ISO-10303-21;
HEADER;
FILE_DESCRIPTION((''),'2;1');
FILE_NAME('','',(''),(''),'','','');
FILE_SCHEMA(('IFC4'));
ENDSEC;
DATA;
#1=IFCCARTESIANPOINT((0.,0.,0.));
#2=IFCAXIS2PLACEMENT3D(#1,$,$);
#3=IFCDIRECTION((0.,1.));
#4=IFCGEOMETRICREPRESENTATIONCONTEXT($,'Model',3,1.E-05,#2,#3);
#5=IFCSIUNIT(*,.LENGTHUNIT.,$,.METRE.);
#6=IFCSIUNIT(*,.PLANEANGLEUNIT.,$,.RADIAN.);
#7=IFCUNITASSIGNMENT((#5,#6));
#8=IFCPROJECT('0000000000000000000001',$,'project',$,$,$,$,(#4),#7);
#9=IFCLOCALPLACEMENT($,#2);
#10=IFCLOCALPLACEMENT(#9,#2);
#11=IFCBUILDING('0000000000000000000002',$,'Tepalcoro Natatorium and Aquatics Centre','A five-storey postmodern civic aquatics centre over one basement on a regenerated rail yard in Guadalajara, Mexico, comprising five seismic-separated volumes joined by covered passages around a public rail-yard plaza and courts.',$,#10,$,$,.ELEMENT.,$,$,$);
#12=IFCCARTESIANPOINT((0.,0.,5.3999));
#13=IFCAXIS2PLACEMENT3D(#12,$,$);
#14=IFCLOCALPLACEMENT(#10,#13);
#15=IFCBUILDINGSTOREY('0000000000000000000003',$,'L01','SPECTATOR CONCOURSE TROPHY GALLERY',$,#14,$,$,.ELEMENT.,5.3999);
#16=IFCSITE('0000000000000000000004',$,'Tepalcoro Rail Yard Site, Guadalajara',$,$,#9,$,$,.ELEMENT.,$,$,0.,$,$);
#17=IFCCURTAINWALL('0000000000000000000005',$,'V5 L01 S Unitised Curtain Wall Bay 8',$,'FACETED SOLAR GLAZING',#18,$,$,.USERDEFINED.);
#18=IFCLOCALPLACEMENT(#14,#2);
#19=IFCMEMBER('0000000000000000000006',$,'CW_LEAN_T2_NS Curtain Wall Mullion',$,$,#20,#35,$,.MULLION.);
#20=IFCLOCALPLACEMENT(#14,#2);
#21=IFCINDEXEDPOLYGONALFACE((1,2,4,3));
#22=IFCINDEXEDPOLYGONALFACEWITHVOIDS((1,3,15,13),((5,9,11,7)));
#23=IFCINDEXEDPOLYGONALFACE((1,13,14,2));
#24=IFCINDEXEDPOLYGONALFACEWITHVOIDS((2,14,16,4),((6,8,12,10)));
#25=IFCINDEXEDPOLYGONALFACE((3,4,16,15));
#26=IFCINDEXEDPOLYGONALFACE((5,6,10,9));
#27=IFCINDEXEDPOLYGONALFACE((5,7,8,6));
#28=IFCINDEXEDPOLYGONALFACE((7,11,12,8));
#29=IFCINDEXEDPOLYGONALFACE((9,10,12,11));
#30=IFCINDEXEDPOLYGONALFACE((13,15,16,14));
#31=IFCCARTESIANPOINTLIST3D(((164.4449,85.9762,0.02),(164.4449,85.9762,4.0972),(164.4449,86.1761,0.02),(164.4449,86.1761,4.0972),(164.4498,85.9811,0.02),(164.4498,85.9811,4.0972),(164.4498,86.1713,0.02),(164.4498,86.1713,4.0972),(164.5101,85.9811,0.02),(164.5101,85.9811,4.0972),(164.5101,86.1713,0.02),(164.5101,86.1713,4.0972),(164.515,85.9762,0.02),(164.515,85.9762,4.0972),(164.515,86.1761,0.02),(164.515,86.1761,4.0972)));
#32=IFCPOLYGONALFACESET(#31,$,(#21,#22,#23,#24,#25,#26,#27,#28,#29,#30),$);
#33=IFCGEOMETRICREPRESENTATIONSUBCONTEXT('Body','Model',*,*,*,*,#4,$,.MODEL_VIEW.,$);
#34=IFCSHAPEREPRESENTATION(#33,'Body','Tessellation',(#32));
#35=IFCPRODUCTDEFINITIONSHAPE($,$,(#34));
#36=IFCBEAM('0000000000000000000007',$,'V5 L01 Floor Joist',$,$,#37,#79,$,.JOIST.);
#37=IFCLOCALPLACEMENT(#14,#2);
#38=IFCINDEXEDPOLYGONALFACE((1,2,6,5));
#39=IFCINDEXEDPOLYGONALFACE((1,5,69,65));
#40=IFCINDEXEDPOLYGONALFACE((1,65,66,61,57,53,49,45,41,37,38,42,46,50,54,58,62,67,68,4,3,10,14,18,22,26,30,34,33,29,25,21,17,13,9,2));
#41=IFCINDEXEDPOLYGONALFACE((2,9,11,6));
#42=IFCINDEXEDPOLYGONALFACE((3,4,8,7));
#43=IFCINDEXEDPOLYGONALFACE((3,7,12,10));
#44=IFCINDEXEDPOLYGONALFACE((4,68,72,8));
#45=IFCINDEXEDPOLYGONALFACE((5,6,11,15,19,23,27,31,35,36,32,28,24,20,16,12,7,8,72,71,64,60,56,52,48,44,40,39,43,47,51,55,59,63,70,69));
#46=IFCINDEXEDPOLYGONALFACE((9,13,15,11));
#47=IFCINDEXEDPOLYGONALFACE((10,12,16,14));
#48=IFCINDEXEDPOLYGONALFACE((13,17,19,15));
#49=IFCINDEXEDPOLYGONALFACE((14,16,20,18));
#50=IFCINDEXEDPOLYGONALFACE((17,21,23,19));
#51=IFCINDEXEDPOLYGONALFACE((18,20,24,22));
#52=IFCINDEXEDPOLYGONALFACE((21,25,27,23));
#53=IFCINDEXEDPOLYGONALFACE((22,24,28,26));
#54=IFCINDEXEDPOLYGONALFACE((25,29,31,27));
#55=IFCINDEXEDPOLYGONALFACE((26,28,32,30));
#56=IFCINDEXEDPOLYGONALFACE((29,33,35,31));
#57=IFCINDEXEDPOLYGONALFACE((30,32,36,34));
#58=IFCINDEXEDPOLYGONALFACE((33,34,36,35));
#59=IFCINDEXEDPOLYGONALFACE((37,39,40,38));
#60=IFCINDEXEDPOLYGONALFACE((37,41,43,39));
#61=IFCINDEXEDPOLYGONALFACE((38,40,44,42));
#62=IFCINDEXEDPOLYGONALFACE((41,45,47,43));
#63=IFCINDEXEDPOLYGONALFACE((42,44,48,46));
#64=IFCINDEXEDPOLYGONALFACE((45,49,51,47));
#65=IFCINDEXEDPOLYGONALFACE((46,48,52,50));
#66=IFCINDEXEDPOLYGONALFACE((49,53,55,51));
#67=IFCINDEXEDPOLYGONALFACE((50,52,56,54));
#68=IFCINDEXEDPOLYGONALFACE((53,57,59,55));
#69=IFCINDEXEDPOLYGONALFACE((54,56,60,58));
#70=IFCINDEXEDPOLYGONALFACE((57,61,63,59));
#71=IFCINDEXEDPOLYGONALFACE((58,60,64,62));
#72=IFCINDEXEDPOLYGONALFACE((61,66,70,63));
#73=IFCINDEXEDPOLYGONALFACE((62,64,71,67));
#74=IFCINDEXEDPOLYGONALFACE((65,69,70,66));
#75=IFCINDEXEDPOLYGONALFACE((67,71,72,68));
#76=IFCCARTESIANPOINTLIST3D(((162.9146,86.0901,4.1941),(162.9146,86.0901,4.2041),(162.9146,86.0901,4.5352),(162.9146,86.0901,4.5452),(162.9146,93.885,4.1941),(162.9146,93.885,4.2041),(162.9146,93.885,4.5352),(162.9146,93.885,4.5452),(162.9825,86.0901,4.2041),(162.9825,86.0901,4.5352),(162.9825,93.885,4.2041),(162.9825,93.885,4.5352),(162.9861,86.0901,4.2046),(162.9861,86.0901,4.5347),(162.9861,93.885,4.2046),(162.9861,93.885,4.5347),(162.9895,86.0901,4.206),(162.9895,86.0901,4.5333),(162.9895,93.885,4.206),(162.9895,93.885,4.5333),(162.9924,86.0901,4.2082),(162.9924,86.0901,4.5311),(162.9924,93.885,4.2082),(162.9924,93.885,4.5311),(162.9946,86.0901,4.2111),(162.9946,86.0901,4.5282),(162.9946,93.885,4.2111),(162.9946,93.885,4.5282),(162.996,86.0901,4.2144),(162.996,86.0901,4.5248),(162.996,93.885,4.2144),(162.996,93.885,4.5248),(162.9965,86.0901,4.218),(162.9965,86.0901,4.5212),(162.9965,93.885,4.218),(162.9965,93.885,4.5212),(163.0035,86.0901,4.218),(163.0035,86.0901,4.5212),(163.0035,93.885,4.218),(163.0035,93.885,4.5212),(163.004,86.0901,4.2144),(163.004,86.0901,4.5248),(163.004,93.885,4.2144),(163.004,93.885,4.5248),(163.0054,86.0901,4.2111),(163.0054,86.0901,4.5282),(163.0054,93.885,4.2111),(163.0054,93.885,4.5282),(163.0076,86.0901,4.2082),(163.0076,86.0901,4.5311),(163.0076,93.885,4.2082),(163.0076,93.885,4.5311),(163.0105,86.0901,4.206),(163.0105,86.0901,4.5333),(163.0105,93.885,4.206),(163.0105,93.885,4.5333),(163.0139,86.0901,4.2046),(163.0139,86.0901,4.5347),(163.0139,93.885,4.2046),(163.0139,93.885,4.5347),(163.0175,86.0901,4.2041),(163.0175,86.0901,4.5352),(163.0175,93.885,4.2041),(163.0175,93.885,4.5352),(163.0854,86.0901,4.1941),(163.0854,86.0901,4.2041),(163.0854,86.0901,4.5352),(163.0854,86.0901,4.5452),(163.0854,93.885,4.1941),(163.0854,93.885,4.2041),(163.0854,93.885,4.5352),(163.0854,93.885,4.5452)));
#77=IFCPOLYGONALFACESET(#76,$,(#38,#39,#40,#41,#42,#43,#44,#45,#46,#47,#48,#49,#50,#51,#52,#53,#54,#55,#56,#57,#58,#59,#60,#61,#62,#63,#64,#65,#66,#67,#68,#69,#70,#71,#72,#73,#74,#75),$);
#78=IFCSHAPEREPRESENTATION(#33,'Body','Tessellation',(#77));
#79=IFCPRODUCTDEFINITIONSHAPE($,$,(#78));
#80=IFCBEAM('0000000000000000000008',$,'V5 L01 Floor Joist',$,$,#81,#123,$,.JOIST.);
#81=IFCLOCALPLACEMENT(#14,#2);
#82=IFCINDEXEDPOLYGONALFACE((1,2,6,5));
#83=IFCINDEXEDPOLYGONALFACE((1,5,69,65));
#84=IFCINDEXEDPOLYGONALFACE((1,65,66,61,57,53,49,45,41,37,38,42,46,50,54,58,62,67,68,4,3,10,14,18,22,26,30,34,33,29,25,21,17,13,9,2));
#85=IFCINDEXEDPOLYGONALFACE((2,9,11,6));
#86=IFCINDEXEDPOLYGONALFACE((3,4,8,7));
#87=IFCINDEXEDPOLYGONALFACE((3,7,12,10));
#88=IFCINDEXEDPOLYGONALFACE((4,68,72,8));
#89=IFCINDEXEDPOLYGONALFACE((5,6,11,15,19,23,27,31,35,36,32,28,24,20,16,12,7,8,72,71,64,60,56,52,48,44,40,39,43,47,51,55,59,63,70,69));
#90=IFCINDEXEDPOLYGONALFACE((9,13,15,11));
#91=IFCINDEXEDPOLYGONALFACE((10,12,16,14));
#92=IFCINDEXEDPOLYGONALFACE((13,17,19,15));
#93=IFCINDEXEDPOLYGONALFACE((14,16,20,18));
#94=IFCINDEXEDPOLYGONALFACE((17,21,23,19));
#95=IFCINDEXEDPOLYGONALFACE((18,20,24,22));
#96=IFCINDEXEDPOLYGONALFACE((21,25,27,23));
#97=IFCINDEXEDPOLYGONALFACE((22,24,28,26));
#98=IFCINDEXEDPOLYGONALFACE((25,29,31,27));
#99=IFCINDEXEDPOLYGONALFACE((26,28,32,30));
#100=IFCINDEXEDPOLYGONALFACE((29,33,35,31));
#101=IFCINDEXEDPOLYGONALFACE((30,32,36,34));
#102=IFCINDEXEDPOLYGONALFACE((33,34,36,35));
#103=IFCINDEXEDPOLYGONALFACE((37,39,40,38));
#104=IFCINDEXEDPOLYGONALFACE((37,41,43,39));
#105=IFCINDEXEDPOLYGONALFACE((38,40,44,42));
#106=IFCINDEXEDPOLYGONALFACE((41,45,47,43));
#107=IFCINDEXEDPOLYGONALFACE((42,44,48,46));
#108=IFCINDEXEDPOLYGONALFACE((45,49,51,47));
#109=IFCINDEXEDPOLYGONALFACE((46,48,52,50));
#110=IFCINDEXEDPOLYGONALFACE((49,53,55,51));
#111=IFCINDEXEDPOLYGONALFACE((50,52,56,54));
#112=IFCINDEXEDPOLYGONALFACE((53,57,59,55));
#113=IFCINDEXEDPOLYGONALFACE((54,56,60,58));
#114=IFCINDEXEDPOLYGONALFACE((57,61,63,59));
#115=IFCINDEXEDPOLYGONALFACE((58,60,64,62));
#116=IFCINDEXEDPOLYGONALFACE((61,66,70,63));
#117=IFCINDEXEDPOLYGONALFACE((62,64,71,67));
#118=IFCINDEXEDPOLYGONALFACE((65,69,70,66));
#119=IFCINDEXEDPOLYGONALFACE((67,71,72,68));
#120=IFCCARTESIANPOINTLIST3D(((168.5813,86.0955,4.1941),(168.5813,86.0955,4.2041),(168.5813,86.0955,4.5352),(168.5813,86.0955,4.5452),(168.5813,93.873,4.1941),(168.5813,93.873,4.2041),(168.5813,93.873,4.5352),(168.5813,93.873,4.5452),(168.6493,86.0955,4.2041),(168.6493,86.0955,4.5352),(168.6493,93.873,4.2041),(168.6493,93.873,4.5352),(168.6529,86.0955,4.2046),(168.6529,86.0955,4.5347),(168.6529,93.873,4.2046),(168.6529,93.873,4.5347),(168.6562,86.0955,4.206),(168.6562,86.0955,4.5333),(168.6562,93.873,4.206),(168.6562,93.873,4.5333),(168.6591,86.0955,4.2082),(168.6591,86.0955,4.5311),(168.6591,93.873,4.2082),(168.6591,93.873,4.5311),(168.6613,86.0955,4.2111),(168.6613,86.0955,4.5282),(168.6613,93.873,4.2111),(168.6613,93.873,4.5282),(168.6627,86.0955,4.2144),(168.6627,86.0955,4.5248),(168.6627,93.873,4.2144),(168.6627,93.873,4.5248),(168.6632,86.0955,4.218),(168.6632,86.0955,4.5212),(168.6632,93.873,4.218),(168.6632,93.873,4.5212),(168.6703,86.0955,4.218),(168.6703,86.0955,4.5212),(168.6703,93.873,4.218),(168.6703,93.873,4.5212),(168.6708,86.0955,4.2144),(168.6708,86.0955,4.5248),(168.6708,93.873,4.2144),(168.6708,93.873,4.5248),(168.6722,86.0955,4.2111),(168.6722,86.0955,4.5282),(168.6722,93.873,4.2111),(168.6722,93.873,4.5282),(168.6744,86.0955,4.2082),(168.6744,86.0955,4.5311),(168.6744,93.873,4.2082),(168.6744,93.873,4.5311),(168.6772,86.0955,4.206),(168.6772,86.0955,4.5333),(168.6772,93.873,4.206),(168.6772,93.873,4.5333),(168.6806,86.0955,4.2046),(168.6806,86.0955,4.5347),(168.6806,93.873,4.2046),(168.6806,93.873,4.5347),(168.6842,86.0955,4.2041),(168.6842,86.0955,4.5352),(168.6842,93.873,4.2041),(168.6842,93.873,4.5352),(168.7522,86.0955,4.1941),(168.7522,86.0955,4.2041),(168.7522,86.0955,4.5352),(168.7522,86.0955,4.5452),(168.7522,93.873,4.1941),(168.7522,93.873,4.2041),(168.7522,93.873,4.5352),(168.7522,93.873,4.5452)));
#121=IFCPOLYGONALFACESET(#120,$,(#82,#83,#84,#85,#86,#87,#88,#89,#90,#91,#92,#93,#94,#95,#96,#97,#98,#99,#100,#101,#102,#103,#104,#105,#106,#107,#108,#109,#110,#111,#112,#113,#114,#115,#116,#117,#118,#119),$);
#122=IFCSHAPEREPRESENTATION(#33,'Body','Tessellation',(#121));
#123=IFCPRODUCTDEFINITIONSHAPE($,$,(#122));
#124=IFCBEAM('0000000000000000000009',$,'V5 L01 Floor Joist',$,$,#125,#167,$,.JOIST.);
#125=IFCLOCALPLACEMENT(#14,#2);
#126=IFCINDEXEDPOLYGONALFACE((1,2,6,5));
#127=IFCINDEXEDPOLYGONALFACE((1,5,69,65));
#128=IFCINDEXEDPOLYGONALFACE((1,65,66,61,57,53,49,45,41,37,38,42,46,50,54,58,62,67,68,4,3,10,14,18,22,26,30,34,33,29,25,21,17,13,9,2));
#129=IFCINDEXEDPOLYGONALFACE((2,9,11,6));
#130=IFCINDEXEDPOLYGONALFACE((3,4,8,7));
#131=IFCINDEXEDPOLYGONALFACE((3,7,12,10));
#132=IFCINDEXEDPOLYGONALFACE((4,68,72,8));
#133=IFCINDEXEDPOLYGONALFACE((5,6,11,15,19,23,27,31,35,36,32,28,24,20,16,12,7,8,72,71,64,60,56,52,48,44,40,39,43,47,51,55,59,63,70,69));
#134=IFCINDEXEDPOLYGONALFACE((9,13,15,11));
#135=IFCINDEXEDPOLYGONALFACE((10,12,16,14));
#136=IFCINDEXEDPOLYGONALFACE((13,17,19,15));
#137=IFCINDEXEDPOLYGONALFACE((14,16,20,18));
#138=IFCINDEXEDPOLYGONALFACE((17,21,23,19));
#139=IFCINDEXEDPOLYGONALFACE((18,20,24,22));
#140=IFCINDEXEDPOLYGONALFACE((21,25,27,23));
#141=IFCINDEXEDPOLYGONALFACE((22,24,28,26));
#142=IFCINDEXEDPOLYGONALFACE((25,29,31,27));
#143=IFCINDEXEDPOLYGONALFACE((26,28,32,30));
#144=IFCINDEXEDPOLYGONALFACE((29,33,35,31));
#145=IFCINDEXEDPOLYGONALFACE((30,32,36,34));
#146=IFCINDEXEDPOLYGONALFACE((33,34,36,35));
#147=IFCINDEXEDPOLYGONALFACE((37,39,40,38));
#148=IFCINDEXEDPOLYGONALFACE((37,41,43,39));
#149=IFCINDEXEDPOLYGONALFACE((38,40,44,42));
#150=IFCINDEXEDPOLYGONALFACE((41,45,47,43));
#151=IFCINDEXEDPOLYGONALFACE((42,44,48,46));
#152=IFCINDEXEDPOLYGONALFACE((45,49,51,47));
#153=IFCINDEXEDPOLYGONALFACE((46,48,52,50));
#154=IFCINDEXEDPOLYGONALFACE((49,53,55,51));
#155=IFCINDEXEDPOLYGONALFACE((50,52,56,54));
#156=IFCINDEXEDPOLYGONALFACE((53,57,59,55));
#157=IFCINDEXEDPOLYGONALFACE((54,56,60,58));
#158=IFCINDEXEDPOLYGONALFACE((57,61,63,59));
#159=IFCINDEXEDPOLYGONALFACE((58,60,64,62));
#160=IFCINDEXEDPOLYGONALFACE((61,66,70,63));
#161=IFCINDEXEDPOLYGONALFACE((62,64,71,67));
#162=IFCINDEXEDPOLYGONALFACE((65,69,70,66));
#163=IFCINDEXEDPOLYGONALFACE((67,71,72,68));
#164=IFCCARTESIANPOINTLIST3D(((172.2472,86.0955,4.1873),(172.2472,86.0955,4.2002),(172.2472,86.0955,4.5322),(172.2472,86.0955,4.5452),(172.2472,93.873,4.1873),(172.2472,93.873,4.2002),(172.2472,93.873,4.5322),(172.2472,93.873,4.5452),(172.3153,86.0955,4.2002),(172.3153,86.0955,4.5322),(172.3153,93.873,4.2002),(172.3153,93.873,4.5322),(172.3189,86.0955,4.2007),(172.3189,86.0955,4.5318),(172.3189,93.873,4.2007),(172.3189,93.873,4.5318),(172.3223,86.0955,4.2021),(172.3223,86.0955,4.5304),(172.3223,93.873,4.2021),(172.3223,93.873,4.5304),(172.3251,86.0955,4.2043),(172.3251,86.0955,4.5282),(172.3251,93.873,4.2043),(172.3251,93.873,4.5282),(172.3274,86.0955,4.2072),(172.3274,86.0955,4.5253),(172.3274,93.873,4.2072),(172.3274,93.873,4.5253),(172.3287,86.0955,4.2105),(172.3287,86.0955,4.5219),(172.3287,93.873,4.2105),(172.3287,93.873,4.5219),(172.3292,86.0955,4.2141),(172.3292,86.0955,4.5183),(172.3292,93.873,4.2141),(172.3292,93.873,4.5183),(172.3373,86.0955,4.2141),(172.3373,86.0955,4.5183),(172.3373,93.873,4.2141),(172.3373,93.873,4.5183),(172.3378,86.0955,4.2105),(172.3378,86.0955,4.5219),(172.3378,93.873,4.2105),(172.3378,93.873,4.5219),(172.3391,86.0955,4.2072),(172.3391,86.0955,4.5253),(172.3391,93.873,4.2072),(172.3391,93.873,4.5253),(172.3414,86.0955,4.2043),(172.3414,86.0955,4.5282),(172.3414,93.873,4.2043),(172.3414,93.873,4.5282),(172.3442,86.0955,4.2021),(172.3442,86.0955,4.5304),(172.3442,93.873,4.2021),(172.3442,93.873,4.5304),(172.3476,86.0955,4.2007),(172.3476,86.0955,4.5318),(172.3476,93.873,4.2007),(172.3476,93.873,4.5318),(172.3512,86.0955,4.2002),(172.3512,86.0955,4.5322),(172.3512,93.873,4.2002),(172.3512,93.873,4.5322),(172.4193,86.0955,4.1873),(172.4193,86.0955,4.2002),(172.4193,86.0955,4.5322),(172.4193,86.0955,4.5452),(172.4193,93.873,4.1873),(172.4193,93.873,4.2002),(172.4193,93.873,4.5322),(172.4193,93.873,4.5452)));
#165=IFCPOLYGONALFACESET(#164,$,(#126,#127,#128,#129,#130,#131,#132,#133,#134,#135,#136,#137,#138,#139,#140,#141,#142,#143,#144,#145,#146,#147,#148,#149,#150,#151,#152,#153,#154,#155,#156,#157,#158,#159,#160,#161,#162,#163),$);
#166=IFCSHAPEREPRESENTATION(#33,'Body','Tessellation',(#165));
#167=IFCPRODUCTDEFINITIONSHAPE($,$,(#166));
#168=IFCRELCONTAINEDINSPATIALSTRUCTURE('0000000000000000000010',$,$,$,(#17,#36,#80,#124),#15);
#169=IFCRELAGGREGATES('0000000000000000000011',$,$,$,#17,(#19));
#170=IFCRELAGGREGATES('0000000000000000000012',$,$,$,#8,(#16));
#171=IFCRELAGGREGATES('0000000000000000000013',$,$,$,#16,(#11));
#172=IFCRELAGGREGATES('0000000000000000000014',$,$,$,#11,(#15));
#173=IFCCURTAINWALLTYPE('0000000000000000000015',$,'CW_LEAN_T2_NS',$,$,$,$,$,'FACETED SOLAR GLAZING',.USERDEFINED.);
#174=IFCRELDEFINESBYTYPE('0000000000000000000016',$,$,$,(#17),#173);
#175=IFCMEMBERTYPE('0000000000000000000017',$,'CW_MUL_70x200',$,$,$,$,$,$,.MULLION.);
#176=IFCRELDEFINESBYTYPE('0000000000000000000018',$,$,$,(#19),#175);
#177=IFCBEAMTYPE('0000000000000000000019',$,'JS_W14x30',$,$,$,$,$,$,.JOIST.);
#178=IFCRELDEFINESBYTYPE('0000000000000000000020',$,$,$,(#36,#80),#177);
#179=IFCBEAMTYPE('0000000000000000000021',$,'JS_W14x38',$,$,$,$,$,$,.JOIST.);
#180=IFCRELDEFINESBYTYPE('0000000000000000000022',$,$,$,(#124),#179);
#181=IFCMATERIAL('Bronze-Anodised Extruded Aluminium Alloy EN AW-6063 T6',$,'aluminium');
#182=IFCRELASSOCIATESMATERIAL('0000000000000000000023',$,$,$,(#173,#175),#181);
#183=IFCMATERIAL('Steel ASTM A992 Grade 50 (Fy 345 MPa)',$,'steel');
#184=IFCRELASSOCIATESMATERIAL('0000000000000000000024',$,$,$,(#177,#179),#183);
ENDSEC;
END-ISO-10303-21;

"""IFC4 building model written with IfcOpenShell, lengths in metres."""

from ifc_helpers import new_model, si_unit, direction, frame, origin, origin_2d, place, context, subcontext, project, spatial, hollow_rectangle, i_section, extrude, material, material_profile, profile_set, type_object, element, aggregate, save


model = new_model("IFC4")

# Units and contexts
model_context = context("Model", 3, precision=1e-05, world=origin(), true_north=direction((0.0, 1.0)))
body_context = subcontext(model_context, "Body", "Model", "MODEL_VIEW")
ifc_project = project(units=[si_unit("LENGTHUNIT", "METRE"), si_unit("PLANEANGLEUNIT", "RADIAN")], contexts=[model_context])

# Site, building, storey
site_placement = place(None, origin())
site = spatial("IfcSite", under=ifc_project, at=site_placement, Name="Tepalcoro Rail Yard Site, Guadalajara", CompositionType="ELEMENT", RefElevation=0.0)
building_placement = place(site_placement, origin())
building = spatial("IfcBuilding", under=site, at=building_placement, Name="Tepalcoro Natatorium and Aquatics Centre", Description="A five-storey postmodern civic aquatics centre over one basement on a regenerated rail yard in Guadalajara, Mexico, comprising five seismic-separated volumes joined by covered passages around a public rail-yard plaza and courts.", CompositionType="ELEMENT")
storey_placement = place(building_placement, frame((0.0, 0.0, 5.3999)))
storey = spatial("IfcBuildingStorey", under=building, at=storey_placement, Name="L01", Description="SPECTATOR CONCOURSE TROPHY GALLERY", CompositionType="ELEMENT", Elevation=5.3999)

# Shared definitions
ifc_material_1 = material(Name="Steel ASTM A992 Grade 50 (Fy 345 MPa)", Category="steel")

# Curtain wall, member
ifc_material_2 = material(Name="Bronze-Anodised Extruded Aluminium Alloy EN AW-6063 T6", Category="aluminium")
curtain_wall_type = type_object("IfcCurtainWallType", Name="CW_LEAN_T2_NS", ElementType="FACETED SOLAR GLAZING", PredefinedType="USERDEFINED", material=ifc_material_2)
curtain_wall_placement = place(storey_placement, origin())
curtain_wall = element("IfcCurtainWall", 1, at=curtain_wall_placement, inside=storey, type_object=curtain_wall_type, Name="V5 L01 S Unitised Curtain Wall Bay 8", ObjectType="FACETED SOLAR GLAZING", PredefinedType="USERDEFINED")
ifc_material_profile_1 = material_profile(ifc_material_2, hollow_rectangle(XDim=0.0701, YDim=0.2, WallThickness=0.0049, at=origin_2d()), Name="AL70X200X5")
ifc_profile_set_1 = profile_set([ifc_material_profile_1], Name="Bronze-Anodised Extruded Aluminium Alloy EN AW-6063 T6")
member_type_1 = type_object("IfcMemberType", Name="CW_MUL_70x200", PredefinedType="MULLION", material=ifc_profile_set_1)
member_1_placement = place(storey_placement, frame((164.48, 86.0762, 0.02), z_axis=(0.0, 0.0, 1.0), x_axis=(1.0, 0.0, 0.0)))
member_1 = element("IfcMember", 2, at=member_1_placement, type_object=member_type_1, Name="CW_LEAN_T2_NS Curtain Wall Mullion", PredefinedType="MULLION", context=body_context, shape_type="SweptSolid", body=[
    extrude(hollow_rectangle(XDim=0.0701, YDim=0.2, WallThickness=0.0049, at=origin_2d()), origin(), (0.0, 0.0, 1.0), 4.0771),
])

# Beams
ifc_material_profile_2 = material_profile(ifc_material_1, i_section(OverallWidth=0.1709, OverallDepth=0.3511, WebThickness=0.0071, FlangeThickness=0.01, FilletRadius=0.0139, at=origin_2d()), Name="W14X30")
ifc_profile_set_2 = profile_set([ifc_material_profile_2], Name="Steel ASTM A992 Grade 50 (Fy 345 MPa)")
beam_type_1 = type_object("IfcBeamType", Name="JS_W14x30", PredefinedType="JOIST", material=ifc_profile_set_2)
beam_1_placement = place(storey_placement, frame((163.0, 86.0901, 4.3696), z_axis=(0.0, 1.0, 0.0), x_axis=(-1.0, 0.0, 0.0)))
element("IfcBeam", 3, at=beam_1_placement, inside=storey, type_object=beam_type_1, Name="V5 L01 Floor Joist", PredefinedType="JOIST", context=body_context, shape_type="SweptSolid", body=[
    extrude(i_section(OverallWidth=0.1709, OverallDepth=0.3511, WebThickness=0.0071, FlangeThickness=0.01, FilletRadius=0.0139, at=origin_2d()), origin(), (0.0, 0.0, 1.0), 7.7949),
])
beam_2_placement = place(storey_placement, frame((168.6667, 86.0955, 4.3696), z_axis=(0.0, 1.0, 0.0), x_axis=(-1.0, 0.0, 0.0)))
element("IfcBeam", 4, at=beam_2_placement, inside=storey, type_object=beam_type_1, Name="V5 L01 Floor Joist", PredefinedType="JOIST", context=body_context, shape_type="SweptSolid", body=[
    extrude(i_section(OverallWidth=0.1709, OverallDepth=0.3511, WebThickness=0.0071, FlangeThickness=0.01, FilletRadius=0.0139, at=origin_2d()), origin(), (0.0, 0.0, 1.0), 7.7776),
])
ifc_material_profile_3 = material_profile(ifc_material_1, i_section(OverallWidth=0.1721, OverallDepth=0.3579, WebThickness=0.0081, FlangeThickness=0.0129, FilletRadius=0.0139, at=origin_2d()), Name="W14X38")
ifc_profile_set_3 = profile_set([ifc_material_profile_3], Name="Steel ASTM A992 Grade 50 (Fy 345 MPa)")
beam_type_2 = type_object("IfcBeamType", Name="JS_W14x38", PredefinedType="JOIST", material=ifc_profile_set_3)
beam_3_placement = place(storey_placement, frame((172.3333, 86.0955, 4.3662), z_axis=(0.0, 1.0, 0.0), x_axis=(-1.0, 0.0, 0.0)))
element("IfcBeam", 5, at=beam_3_placement, inside=storey, type_object=beam_type_2, Name="V5 L01 Floor Joist", PredefinedType="JOIST", context=body_context, shape_type="SweptSolid", body=[
    extrude(i_section(OverallWidth=0.1721, OverallDepth=0.3579, WebThickness=0.0081, FlangeThickness=0.0129, FilletRadius=0.0139, at=origin_2d()), origin(), (0.0, 0.0, 1.0), 7.7776),
])

aggregate(curtain_wall, [member_1])

save(model, "model.ifc")
